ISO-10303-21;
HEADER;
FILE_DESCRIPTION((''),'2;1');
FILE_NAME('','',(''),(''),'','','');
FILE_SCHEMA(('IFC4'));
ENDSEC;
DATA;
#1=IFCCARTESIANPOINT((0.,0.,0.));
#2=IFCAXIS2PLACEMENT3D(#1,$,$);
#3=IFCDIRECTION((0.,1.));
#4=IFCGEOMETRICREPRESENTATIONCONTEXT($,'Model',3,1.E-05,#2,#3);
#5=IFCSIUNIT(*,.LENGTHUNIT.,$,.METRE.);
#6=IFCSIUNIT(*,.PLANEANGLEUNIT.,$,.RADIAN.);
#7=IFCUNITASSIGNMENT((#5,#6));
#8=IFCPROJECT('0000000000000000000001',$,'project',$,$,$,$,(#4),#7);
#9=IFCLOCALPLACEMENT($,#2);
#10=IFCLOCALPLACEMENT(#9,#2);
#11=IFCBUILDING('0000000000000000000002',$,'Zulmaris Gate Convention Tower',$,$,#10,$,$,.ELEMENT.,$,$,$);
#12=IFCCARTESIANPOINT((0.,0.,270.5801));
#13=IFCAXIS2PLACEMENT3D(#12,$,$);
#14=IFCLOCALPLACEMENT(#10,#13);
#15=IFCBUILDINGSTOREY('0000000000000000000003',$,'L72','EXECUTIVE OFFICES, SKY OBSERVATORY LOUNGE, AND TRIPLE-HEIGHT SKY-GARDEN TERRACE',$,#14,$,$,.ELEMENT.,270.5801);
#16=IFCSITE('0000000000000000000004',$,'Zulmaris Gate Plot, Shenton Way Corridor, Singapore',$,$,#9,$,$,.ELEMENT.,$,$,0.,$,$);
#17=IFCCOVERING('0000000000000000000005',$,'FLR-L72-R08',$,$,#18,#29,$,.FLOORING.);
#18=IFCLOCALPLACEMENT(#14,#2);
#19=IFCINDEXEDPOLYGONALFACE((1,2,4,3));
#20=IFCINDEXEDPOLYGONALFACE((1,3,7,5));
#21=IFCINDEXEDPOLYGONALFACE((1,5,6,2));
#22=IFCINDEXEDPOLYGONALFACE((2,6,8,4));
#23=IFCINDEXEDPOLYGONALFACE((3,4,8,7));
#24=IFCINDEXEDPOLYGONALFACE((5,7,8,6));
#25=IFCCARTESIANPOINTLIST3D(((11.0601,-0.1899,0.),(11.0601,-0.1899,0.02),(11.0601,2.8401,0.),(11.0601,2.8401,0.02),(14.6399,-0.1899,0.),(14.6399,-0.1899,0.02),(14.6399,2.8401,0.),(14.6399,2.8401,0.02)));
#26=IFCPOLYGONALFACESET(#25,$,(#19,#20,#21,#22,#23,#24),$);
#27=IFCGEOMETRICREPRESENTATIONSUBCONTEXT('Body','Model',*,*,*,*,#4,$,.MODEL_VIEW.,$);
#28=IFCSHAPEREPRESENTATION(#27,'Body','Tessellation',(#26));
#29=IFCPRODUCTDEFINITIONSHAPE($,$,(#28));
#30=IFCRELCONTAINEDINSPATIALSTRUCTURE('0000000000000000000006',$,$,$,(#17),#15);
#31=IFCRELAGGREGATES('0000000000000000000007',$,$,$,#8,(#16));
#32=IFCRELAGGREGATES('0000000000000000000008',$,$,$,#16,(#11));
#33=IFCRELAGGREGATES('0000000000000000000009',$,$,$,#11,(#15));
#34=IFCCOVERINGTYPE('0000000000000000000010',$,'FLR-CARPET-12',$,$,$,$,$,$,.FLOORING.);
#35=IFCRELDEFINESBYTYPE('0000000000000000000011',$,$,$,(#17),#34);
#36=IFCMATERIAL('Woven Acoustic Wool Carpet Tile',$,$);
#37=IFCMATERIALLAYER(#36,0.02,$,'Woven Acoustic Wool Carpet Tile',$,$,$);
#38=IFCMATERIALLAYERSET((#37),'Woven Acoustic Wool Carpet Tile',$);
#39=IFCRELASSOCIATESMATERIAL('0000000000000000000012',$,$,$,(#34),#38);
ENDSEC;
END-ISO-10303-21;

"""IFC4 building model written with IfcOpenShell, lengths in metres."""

from ifc_helpers import new_model, si_unit, direction, frame, origin, place, context, subcontext, project, spatial, polyline, outline, extrude, material, layer, layer_set, type_object, element, save


model = new_model("IFC4")

# Units and contexts
model_context = context("Model", 3, precision=1e-05, world=origin(), true_north=direction((0.0, 1.0)))
body_context = subcontext(model_context, "Body", "Model", "MODEL_VIEW")
ifc_project = project(units=[si_unit("LENGTHUNIT", "METRE"), si_unit("PLANEANGLEUNIT", "RADIAN")], contexts=[model_context])

# Site, building, storey
site_placement = place(None, origin())
site = spatial("IfcSite", under=ifc_project, at=site_placement, Name="Zulmaris Gate Plot, Shenton Way Corridor, Singapore", CompositionType="ELEMENT", RefElevation=0.0)
building_placement = place(site_placement, origin())
building = spatial("IfcBuilding", under=site, at=building_placement, Name="Zulmaris Gate Convention Tower", CompositionType="ELEMENT")
storey_placement = place(building_placement, frame((0.0, 0.0, 270.5801)))
storey = spatial("IfcBuildingStorey", under=building, at=storey_placement, Name="L72", Description="EXECUTIVE OFFICES, SKY OBSERVATORY LOUNGE, AND TRIPLE-HEIGHT SKY-GARDEN TERRACE", CompositionType="ELEMENT", Elevation=270.5801)

# Covering
ifc_material_1 = material(Name="Woven Acoustic Wool Carpet Tile")
ifc_layer_1 = layer(ifc_material_1, 0.02, Name="Woven Acoustic Wool Carpet Tile")
ifc_layer_set_1 = layer_set([ifc_layer_1], Name="Woven Acoustic Wool Carpet Tile")
covering_type_1 = type_object("IfcCoveringType", Name="FLR-CARPET-12", PredefinedType="FLOORING", material=ifc_layer_set_1)
covering_1_placement = place(storey_placement, origin())
element("IfcCovering", 1, at=covering_1_placement, inside=storey, type_object=covering_type_1, Name="FLR-L72-R08", PredefinedType="FLOORING", context=body_context, shape_type="SweptSolid", body=[
    extrude(outline(polyline([(11.0601, -0.1899), (14.6399, -0.1899), (14.6399, 2.8401), (11.0601, 2.8401), (11.0601, -0.1899)])), origin(), (0.0, 0.0, 1.0), 0.02),
])

save(model, "model.ifc")
